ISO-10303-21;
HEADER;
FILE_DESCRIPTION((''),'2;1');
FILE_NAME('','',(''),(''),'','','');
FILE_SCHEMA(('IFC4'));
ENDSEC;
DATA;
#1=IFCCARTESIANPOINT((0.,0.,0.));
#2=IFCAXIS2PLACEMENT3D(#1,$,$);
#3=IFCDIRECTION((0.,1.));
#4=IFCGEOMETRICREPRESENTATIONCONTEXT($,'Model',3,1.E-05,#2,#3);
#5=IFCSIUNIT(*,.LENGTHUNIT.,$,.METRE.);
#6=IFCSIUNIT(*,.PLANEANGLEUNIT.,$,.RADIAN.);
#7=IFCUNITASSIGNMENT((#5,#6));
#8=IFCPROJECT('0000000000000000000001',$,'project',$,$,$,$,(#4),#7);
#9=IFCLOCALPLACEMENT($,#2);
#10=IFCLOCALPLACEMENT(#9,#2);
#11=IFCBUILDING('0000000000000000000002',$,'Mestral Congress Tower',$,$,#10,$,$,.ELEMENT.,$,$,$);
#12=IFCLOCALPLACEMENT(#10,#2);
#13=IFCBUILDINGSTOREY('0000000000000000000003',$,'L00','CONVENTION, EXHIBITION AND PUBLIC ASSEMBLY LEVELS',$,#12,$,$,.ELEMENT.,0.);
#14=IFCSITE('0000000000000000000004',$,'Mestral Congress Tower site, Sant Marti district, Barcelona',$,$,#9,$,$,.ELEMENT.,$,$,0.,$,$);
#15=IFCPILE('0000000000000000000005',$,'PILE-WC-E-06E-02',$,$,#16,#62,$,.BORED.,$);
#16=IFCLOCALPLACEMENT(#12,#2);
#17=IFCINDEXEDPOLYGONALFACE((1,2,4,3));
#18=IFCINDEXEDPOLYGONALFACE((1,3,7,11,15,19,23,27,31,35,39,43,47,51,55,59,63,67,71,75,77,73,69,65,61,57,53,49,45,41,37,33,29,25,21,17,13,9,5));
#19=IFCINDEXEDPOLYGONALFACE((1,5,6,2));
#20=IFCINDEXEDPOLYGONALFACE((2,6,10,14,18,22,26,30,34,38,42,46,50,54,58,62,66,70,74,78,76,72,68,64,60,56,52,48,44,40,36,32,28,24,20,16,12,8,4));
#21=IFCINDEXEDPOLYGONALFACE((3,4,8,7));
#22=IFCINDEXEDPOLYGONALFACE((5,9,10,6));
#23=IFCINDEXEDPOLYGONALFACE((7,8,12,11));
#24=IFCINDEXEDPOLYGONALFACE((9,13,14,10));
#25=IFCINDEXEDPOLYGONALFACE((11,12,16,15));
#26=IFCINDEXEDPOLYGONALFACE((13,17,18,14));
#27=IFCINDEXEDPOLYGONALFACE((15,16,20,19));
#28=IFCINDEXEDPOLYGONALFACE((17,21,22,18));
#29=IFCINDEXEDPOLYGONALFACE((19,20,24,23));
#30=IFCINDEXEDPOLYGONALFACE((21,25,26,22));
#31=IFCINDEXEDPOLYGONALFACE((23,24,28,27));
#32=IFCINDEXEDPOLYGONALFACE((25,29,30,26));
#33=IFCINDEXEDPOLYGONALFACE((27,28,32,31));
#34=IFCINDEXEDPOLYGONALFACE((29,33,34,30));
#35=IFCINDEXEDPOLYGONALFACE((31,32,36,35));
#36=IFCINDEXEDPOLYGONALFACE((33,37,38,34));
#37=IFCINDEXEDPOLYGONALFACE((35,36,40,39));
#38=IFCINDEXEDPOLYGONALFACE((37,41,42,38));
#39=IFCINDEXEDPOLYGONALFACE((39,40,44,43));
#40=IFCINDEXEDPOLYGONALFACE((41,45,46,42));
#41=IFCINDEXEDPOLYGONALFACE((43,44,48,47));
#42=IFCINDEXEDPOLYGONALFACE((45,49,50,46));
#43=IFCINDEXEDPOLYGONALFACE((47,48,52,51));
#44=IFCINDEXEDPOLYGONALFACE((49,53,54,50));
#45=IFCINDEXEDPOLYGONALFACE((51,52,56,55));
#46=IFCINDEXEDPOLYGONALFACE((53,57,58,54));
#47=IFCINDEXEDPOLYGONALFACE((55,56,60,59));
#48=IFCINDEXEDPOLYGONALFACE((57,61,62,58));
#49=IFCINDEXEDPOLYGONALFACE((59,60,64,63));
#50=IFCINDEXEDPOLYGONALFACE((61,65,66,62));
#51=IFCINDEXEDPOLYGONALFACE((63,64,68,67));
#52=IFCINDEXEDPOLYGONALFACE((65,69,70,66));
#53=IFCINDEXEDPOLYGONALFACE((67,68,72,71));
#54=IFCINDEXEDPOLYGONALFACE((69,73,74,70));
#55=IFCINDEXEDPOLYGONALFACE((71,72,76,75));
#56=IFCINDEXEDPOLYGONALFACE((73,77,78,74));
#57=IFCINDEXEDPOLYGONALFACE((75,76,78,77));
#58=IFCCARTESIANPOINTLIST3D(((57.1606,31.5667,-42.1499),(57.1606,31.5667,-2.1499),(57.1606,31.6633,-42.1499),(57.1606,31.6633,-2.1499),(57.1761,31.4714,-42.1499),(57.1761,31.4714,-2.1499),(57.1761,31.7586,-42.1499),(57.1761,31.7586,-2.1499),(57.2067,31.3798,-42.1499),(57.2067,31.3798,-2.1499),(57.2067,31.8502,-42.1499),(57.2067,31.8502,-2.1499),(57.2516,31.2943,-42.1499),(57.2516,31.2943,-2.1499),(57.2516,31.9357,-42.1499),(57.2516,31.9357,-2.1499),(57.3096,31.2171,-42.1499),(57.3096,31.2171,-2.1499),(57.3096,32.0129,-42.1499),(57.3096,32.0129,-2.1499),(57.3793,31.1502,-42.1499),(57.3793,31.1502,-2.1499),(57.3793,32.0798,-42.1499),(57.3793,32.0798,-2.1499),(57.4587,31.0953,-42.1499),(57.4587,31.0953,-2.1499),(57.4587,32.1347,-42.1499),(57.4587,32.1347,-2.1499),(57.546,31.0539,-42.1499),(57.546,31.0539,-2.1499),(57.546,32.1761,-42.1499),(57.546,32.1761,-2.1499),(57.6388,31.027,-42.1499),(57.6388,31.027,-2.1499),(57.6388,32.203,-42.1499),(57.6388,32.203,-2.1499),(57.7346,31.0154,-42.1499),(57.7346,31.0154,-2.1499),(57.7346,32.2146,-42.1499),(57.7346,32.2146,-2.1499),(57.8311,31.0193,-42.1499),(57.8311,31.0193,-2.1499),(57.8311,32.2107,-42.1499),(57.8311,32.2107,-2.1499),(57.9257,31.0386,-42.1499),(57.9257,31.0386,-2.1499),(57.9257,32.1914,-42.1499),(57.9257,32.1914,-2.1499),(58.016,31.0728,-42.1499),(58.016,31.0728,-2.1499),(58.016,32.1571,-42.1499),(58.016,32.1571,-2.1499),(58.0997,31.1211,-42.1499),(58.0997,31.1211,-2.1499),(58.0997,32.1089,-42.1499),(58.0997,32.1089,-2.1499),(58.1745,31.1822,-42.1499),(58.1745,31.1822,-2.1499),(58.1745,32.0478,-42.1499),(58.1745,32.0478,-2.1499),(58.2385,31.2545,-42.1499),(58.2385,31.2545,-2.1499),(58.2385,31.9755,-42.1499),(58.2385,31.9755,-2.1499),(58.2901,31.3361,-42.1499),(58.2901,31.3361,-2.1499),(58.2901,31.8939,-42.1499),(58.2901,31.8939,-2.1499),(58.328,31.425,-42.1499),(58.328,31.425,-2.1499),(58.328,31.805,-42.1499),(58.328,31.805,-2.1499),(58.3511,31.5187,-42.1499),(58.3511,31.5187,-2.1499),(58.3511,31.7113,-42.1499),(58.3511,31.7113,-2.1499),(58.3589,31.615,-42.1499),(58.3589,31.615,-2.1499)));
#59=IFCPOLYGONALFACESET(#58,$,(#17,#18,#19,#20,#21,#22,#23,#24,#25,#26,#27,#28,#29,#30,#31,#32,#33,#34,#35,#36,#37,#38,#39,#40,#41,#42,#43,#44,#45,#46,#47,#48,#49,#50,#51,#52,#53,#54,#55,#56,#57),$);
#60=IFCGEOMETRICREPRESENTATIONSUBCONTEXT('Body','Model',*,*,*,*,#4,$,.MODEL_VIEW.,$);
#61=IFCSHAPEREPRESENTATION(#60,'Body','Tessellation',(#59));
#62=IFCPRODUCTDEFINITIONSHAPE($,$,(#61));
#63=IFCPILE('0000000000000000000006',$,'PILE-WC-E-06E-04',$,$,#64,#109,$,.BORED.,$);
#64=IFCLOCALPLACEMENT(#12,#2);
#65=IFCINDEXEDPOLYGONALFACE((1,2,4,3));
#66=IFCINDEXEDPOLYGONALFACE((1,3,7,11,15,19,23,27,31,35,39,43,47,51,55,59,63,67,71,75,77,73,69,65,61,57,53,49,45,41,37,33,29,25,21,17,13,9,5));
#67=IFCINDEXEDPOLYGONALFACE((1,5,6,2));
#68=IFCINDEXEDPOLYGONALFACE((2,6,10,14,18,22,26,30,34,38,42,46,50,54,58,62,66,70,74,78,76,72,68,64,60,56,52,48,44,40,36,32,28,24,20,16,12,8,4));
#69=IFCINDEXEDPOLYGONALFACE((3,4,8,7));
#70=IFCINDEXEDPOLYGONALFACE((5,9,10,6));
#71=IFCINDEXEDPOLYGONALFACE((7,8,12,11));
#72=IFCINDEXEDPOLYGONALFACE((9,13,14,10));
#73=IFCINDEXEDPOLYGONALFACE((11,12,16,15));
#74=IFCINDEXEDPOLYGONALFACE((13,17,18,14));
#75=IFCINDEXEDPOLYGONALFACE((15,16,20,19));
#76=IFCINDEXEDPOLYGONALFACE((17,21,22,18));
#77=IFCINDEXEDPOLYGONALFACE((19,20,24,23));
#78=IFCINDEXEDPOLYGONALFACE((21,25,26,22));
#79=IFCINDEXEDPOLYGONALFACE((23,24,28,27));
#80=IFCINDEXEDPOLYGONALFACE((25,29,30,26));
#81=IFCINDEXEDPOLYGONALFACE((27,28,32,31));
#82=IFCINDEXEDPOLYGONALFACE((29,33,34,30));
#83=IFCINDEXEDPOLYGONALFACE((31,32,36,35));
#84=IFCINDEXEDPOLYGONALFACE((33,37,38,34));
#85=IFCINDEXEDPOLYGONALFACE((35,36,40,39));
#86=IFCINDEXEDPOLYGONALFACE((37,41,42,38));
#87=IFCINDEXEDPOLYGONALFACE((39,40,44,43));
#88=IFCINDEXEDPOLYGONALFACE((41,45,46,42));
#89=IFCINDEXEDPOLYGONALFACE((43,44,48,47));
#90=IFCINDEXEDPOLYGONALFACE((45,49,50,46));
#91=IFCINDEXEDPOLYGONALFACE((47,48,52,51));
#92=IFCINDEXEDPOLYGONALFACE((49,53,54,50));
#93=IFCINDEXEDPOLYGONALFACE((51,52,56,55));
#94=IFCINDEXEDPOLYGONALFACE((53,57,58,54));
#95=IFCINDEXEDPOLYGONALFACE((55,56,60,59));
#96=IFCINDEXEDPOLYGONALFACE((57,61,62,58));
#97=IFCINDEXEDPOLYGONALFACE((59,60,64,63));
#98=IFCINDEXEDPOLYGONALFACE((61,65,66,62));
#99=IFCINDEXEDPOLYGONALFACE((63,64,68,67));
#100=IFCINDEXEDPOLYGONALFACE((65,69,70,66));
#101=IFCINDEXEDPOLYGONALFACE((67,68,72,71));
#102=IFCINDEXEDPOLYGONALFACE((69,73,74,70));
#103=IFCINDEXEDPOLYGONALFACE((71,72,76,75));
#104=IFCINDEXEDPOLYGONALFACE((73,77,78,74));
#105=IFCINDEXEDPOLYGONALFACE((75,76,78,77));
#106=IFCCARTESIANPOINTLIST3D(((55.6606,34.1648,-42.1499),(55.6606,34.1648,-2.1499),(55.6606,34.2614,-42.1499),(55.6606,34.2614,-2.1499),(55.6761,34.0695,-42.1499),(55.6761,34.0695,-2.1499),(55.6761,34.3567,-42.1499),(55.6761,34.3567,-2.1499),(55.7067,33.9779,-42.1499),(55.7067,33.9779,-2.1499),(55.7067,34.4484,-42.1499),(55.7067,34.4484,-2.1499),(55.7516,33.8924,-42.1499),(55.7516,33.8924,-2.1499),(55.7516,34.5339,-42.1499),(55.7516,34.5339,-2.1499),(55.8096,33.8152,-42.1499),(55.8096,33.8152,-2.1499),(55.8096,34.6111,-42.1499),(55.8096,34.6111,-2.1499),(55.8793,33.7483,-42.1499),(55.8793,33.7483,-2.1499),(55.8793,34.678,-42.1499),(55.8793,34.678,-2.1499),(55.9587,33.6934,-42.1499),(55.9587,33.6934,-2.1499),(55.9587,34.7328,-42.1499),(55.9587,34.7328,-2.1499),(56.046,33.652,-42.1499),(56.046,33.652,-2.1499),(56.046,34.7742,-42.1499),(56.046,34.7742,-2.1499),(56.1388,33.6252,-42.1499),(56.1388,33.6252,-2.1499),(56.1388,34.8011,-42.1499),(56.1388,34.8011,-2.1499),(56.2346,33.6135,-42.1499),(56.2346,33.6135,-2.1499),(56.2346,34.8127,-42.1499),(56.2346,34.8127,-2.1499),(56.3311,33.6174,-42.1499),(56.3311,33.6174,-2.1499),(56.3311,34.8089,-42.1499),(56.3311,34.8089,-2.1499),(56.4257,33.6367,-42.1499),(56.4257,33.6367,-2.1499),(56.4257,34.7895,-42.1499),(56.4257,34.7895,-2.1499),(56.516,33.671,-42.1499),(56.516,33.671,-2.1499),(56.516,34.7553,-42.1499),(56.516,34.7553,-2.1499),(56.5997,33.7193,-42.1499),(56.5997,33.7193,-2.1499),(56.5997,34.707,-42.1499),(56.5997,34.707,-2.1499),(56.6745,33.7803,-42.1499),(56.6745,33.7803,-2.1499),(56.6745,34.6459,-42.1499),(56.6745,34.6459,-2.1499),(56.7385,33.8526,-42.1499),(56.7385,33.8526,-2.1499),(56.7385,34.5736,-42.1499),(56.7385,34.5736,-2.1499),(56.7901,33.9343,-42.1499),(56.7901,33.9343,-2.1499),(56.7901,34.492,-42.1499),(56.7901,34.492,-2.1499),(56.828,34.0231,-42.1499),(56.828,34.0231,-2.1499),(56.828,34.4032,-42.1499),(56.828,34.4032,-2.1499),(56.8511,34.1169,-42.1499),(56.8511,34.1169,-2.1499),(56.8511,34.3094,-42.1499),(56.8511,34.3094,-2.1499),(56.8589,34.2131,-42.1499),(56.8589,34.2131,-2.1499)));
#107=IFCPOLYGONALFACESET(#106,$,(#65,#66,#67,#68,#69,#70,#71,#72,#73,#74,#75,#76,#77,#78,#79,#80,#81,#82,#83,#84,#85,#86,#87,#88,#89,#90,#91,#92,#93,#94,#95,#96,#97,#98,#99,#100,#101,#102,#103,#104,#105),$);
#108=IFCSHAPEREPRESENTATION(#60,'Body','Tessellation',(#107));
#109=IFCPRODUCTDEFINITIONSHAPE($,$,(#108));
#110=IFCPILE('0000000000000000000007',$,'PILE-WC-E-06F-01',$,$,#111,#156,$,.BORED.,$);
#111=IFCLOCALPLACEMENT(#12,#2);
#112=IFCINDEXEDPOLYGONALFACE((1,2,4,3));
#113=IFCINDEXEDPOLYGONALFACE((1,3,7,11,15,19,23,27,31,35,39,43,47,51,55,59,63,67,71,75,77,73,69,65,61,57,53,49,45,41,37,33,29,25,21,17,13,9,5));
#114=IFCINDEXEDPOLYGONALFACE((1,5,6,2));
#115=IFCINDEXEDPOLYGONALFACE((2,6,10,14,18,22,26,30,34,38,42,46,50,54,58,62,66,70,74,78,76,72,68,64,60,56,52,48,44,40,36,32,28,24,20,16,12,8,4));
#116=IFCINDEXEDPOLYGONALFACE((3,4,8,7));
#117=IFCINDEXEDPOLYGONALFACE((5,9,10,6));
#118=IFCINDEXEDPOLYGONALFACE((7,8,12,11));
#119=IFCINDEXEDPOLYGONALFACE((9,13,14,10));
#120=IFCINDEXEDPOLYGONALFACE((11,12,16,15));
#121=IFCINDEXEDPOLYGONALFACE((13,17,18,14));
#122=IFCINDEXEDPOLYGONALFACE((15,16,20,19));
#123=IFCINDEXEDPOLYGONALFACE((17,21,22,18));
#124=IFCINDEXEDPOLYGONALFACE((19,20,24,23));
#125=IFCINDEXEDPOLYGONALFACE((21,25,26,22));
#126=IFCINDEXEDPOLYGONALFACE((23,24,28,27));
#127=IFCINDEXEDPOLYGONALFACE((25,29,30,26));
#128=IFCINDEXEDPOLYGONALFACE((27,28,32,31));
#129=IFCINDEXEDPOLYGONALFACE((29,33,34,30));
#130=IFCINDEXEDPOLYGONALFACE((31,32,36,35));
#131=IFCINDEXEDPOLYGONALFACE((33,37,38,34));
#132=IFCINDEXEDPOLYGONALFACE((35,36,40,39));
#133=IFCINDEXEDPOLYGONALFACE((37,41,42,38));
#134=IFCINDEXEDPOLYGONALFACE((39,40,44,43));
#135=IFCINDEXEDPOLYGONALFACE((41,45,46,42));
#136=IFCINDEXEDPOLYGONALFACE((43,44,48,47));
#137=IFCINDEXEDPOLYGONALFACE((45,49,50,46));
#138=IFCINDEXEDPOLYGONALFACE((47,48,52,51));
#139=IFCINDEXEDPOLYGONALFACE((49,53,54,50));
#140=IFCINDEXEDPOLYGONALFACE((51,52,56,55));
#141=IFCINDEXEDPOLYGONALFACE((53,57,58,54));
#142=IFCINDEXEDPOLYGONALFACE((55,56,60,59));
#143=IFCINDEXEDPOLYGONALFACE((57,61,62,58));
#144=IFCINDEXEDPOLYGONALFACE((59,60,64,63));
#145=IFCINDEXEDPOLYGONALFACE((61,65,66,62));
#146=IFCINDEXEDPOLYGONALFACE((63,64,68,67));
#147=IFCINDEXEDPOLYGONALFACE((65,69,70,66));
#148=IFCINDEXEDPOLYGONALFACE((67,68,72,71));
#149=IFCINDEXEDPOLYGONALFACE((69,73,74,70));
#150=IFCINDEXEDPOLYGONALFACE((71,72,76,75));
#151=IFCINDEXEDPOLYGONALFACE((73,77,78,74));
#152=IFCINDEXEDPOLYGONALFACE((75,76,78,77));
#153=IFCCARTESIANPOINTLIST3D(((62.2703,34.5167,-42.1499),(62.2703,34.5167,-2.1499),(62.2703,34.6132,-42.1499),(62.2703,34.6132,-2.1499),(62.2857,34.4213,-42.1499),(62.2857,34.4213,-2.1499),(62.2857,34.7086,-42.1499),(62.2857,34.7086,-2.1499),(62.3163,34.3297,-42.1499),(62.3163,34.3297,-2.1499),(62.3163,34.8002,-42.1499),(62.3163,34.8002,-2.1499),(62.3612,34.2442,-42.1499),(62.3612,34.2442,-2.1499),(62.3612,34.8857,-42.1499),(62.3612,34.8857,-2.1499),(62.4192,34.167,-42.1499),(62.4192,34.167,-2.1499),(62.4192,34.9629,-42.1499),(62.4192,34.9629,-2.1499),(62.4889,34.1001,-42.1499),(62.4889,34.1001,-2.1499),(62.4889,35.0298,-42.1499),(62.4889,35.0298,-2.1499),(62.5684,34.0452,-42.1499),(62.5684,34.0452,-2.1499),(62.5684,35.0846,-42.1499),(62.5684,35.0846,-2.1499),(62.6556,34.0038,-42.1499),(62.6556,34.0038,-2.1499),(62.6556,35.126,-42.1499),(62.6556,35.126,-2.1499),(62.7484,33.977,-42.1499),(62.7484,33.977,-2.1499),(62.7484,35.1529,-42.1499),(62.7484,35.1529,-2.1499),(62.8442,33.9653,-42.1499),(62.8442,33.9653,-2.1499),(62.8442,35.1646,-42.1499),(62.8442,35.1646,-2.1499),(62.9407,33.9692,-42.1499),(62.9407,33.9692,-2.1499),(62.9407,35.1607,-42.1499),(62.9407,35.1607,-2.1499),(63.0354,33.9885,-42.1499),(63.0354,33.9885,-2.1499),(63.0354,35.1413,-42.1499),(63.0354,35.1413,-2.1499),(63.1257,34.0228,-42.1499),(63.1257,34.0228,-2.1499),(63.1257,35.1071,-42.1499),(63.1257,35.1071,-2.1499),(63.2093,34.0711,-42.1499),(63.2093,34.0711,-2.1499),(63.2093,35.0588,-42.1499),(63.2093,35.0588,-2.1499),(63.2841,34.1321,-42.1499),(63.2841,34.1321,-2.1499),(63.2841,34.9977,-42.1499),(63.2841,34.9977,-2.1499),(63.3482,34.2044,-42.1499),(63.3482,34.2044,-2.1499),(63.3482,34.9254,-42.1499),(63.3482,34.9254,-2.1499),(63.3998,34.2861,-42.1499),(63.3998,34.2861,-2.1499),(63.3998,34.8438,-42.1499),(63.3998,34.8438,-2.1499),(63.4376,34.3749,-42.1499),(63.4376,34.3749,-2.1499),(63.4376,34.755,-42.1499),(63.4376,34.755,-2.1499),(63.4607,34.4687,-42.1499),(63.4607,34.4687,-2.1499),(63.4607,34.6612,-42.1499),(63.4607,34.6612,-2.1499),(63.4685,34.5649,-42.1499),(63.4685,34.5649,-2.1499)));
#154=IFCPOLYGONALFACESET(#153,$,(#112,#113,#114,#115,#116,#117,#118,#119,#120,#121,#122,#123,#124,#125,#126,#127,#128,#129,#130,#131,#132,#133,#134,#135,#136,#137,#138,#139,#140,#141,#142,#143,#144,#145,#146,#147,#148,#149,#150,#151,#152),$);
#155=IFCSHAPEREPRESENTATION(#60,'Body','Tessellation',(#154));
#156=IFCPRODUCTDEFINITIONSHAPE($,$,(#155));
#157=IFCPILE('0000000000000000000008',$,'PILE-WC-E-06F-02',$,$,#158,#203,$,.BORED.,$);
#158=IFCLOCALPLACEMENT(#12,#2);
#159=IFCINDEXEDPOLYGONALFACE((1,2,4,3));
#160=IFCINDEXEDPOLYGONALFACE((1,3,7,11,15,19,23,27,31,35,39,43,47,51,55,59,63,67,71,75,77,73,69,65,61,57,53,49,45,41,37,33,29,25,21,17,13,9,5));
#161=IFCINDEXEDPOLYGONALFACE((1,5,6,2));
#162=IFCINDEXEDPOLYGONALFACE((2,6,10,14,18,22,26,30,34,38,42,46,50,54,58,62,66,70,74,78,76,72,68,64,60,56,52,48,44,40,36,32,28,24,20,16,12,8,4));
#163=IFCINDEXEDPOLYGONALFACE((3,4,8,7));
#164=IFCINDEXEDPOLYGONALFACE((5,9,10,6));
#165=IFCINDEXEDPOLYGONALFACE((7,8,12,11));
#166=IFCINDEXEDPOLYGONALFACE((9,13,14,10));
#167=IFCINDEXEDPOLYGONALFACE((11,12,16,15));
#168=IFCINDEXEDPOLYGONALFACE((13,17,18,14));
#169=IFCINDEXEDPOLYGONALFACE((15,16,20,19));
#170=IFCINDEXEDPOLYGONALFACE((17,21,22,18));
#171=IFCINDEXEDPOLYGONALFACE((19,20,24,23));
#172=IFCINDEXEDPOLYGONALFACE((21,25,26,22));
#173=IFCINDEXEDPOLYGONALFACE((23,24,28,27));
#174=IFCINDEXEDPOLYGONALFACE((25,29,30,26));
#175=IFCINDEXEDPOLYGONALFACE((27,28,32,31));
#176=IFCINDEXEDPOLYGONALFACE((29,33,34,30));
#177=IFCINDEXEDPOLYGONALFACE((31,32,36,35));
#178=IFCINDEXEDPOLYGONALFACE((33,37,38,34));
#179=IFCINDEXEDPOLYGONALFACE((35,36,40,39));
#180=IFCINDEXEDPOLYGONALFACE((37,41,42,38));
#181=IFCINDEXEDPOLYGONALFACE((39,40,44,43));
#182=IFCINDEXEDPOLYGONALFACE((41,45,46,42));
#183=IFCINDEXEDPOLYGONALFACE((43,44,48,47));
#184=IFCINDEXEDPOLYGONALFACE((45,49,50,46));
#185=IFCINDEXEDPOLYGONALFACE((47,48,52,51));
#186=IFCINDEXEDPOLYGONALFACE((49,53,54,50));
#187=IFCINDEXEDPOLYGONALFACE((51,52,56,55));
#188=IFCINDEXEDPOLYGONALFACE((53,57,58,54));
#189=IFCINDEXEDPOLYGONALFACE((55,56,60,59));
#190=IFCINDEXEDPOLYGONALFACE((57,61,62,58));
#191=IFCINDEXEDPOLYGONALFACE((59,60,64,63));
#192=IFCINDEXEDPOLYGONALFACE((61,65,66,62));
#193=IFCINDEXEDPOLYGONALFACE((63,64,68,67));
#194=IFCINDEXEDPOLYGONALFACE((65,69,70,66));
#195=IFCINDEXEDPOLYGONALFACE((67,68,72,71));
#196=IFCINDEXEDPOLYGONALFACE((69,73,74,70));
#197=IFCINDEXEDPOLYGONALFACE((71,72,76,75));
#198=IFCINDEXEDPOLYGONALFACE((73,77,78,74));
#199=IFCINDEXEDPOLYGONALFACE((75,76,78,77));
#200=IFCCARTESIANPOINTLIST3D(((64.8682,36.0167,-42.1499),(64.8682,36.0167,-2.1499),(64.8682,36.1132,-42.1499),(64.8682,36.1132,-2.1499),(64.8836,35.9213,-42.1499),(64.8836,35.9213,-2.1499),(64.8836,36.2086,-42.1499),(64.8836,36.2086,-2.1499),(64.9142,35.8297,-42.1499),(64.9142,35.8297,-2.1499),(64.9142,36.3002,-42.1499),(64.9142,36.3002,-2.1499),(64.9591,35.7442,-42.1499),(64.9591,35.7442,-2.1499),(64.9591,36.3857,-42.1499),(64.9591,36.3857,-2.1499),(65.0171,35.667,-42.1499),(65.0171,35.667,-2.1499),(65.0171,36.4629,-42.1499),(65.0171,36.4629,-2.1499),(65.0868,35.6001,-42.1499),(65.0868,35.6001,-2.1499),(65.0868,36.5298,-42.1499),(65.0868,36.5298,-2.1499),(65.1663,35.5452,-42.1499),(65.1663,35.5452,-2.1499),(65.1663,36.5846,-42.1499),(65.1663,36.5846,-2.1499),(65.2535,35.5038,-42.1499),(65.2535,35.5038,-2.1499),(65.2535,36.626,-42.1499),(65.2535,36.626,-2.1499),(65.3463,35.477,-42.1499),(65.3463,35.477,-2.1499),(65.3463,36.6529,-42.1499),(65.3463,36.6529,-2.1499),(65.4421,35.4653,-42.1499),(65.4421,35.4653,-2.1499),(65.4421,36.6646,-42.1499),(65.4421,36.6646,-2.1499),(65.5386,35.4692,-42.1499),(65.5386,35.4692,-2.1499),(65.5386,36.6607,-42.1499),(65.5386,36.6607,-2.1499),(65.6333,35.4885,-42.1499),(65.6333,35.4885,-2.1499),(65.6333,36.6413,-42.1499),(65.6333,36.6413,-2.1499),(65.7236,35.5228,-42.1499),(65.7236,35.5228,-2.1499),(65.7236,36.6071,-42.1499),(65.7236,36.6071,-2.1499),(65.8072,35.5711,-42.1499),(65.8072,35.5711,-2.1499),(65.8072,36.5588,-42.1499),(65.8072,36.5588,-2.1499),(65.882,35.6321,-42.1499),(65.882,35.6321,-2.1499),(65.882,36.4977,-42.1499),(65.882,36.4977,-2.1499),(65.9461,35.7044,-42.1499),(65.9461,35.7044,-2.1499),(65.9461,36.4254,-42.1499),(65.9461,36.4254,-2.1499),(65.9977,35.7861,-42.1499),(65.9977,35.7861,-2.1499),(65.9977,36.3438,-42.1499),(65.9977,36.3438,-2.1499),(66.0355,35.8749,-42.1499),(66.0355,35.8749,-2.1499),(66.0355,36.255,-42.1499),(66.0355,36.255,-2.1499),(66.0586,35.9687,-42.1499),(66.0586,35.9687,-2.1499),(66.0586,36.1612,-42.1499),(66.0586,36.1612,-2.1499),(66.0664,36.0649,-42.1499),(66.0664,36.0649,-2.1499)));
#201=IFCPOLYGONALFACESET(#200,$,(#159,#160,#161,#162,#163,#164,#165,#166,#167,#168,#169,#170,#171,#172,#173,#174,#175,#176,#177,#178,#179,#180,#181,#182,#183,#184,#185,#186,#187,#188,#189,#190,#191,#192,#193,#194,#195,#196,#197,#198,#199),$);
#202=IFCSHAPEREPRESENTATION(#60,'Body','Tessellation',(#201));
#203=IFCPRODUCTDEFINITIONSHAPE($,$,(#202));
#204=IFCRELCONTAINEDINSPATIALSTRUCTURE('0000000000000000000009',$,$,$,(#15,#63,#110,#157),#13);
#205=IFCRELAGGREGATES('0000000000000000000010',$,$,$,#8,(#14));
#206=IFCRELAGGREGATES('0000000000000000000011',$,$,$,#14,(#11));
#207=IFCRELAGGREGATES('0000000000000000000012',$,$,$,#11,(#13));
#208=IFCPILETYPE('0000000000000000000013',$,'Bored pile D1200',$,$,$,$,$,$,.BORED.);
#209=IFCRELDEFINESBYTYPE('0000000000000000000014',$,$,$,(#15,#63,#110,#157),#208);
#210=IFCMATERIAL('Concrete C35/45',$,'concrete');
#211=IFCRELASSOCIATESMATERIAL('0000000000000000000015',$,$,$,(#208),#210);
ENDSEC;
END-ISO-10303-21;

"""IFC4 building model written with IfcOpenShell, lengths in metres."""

from ifc_helpers import new_model, si_unit, direction, frame, origin, origin_2d, place, context, subcontext, project, spatial, circle, extrude, material, material_profile, profile_set, type_object, element, save


model = new_model("IFC4")

# Units and contexts
model_context = context("Model", 3, precision=1e-05, world=origin(), true_north=direction((0.0, 1.0)))
body_context = subcontext(model_context, "Body", "Model", "MODEL_VIEW")
ifc_project = project(units=[si_unit("LENGTHUNIT", "METRE"), si_unit("PLANEANGLEUNIT", "RADIAN")], contexts=[model_context])

# Site, building, storey
site_placement = place(None, origin())
site = spatial("IfcSite", under=ifc_project, at=site_placement, Name="Mestral Congress Tower site, Sant Marti district, Barcelona", CompositionType="ELEMENT", RefElevation=0.0)
building_placement = place(site_placement, origin())
building = spatial("IfcBuilding", under=site, at=building_placement, Name="Mestral Congress Tower", CompositionType="ELEMENT")
storey_placement = place(building_placement, origin())
storey = spatial("IfcBuildingStorey", under=building, at=storey_placement, Name="L00", Description="CONVENTION, EXHIBITION AND PUBLIC ASSEMBLY LEVELS", CompositionType="ELEMENT", Elevation=0.0)

# Piles
ifc_material_1 = material(Name="Concrete C35/45", Category="concrete")
ifc_material_profile_1 = material_profile(ifc_material_1, circle(Radius=0.6001, at=origin_2d()), Name="D1200")
ifc_profile_set_1 = profile_set([ifc_material_profile_1], Name="Concrete C35/45")
pile_type = type_object("IfcPileType", Name="Bored pile D1200", PredefinedType="BORED", material=ifc_profile_set_1)
for number, where, z_axis, x_axis, name in (
    (1, (57.7588, 31.615, -2.1499), (0.0, 0.0, -1.0), (1.0, 0.0, 0.0), "PILE-WC-E-06E-02"),
    (2, (56.2588, 34.2131, -2.1499), (0.0, 0.0, -1.0), (1.0, 0.0, 0.0), "PILE-WC-E-06E-04"),
    (3, (62.8684, 34.5649, -2.1499), (0.0, 0.0, -1.0), (1.0, 0.0, 0.0), "PILE-WC-E-06F-01"),
    (4, (65.4663, 36.0649, -2.1499), (0.0, 0.0, -1.0), (1.0, 0.0, 0.0), "PILE-WC-E-06F-02"),
):
    element("IfcPile", number, at=place(storey_placement, frame(where, z_axis=z_axis, x_axis=x_axis)), inside=storey, type_object=pile_type, Name=name, PredefinedType="BORED", context=body_context, shape_type="SweptSolid", body=[
        extrude(circle(Radius=0.6001, at=origin_2d()), origin(), (0.0, 0.0, 1.0), 40.0),
    ])

save(model, "model.ifc")
